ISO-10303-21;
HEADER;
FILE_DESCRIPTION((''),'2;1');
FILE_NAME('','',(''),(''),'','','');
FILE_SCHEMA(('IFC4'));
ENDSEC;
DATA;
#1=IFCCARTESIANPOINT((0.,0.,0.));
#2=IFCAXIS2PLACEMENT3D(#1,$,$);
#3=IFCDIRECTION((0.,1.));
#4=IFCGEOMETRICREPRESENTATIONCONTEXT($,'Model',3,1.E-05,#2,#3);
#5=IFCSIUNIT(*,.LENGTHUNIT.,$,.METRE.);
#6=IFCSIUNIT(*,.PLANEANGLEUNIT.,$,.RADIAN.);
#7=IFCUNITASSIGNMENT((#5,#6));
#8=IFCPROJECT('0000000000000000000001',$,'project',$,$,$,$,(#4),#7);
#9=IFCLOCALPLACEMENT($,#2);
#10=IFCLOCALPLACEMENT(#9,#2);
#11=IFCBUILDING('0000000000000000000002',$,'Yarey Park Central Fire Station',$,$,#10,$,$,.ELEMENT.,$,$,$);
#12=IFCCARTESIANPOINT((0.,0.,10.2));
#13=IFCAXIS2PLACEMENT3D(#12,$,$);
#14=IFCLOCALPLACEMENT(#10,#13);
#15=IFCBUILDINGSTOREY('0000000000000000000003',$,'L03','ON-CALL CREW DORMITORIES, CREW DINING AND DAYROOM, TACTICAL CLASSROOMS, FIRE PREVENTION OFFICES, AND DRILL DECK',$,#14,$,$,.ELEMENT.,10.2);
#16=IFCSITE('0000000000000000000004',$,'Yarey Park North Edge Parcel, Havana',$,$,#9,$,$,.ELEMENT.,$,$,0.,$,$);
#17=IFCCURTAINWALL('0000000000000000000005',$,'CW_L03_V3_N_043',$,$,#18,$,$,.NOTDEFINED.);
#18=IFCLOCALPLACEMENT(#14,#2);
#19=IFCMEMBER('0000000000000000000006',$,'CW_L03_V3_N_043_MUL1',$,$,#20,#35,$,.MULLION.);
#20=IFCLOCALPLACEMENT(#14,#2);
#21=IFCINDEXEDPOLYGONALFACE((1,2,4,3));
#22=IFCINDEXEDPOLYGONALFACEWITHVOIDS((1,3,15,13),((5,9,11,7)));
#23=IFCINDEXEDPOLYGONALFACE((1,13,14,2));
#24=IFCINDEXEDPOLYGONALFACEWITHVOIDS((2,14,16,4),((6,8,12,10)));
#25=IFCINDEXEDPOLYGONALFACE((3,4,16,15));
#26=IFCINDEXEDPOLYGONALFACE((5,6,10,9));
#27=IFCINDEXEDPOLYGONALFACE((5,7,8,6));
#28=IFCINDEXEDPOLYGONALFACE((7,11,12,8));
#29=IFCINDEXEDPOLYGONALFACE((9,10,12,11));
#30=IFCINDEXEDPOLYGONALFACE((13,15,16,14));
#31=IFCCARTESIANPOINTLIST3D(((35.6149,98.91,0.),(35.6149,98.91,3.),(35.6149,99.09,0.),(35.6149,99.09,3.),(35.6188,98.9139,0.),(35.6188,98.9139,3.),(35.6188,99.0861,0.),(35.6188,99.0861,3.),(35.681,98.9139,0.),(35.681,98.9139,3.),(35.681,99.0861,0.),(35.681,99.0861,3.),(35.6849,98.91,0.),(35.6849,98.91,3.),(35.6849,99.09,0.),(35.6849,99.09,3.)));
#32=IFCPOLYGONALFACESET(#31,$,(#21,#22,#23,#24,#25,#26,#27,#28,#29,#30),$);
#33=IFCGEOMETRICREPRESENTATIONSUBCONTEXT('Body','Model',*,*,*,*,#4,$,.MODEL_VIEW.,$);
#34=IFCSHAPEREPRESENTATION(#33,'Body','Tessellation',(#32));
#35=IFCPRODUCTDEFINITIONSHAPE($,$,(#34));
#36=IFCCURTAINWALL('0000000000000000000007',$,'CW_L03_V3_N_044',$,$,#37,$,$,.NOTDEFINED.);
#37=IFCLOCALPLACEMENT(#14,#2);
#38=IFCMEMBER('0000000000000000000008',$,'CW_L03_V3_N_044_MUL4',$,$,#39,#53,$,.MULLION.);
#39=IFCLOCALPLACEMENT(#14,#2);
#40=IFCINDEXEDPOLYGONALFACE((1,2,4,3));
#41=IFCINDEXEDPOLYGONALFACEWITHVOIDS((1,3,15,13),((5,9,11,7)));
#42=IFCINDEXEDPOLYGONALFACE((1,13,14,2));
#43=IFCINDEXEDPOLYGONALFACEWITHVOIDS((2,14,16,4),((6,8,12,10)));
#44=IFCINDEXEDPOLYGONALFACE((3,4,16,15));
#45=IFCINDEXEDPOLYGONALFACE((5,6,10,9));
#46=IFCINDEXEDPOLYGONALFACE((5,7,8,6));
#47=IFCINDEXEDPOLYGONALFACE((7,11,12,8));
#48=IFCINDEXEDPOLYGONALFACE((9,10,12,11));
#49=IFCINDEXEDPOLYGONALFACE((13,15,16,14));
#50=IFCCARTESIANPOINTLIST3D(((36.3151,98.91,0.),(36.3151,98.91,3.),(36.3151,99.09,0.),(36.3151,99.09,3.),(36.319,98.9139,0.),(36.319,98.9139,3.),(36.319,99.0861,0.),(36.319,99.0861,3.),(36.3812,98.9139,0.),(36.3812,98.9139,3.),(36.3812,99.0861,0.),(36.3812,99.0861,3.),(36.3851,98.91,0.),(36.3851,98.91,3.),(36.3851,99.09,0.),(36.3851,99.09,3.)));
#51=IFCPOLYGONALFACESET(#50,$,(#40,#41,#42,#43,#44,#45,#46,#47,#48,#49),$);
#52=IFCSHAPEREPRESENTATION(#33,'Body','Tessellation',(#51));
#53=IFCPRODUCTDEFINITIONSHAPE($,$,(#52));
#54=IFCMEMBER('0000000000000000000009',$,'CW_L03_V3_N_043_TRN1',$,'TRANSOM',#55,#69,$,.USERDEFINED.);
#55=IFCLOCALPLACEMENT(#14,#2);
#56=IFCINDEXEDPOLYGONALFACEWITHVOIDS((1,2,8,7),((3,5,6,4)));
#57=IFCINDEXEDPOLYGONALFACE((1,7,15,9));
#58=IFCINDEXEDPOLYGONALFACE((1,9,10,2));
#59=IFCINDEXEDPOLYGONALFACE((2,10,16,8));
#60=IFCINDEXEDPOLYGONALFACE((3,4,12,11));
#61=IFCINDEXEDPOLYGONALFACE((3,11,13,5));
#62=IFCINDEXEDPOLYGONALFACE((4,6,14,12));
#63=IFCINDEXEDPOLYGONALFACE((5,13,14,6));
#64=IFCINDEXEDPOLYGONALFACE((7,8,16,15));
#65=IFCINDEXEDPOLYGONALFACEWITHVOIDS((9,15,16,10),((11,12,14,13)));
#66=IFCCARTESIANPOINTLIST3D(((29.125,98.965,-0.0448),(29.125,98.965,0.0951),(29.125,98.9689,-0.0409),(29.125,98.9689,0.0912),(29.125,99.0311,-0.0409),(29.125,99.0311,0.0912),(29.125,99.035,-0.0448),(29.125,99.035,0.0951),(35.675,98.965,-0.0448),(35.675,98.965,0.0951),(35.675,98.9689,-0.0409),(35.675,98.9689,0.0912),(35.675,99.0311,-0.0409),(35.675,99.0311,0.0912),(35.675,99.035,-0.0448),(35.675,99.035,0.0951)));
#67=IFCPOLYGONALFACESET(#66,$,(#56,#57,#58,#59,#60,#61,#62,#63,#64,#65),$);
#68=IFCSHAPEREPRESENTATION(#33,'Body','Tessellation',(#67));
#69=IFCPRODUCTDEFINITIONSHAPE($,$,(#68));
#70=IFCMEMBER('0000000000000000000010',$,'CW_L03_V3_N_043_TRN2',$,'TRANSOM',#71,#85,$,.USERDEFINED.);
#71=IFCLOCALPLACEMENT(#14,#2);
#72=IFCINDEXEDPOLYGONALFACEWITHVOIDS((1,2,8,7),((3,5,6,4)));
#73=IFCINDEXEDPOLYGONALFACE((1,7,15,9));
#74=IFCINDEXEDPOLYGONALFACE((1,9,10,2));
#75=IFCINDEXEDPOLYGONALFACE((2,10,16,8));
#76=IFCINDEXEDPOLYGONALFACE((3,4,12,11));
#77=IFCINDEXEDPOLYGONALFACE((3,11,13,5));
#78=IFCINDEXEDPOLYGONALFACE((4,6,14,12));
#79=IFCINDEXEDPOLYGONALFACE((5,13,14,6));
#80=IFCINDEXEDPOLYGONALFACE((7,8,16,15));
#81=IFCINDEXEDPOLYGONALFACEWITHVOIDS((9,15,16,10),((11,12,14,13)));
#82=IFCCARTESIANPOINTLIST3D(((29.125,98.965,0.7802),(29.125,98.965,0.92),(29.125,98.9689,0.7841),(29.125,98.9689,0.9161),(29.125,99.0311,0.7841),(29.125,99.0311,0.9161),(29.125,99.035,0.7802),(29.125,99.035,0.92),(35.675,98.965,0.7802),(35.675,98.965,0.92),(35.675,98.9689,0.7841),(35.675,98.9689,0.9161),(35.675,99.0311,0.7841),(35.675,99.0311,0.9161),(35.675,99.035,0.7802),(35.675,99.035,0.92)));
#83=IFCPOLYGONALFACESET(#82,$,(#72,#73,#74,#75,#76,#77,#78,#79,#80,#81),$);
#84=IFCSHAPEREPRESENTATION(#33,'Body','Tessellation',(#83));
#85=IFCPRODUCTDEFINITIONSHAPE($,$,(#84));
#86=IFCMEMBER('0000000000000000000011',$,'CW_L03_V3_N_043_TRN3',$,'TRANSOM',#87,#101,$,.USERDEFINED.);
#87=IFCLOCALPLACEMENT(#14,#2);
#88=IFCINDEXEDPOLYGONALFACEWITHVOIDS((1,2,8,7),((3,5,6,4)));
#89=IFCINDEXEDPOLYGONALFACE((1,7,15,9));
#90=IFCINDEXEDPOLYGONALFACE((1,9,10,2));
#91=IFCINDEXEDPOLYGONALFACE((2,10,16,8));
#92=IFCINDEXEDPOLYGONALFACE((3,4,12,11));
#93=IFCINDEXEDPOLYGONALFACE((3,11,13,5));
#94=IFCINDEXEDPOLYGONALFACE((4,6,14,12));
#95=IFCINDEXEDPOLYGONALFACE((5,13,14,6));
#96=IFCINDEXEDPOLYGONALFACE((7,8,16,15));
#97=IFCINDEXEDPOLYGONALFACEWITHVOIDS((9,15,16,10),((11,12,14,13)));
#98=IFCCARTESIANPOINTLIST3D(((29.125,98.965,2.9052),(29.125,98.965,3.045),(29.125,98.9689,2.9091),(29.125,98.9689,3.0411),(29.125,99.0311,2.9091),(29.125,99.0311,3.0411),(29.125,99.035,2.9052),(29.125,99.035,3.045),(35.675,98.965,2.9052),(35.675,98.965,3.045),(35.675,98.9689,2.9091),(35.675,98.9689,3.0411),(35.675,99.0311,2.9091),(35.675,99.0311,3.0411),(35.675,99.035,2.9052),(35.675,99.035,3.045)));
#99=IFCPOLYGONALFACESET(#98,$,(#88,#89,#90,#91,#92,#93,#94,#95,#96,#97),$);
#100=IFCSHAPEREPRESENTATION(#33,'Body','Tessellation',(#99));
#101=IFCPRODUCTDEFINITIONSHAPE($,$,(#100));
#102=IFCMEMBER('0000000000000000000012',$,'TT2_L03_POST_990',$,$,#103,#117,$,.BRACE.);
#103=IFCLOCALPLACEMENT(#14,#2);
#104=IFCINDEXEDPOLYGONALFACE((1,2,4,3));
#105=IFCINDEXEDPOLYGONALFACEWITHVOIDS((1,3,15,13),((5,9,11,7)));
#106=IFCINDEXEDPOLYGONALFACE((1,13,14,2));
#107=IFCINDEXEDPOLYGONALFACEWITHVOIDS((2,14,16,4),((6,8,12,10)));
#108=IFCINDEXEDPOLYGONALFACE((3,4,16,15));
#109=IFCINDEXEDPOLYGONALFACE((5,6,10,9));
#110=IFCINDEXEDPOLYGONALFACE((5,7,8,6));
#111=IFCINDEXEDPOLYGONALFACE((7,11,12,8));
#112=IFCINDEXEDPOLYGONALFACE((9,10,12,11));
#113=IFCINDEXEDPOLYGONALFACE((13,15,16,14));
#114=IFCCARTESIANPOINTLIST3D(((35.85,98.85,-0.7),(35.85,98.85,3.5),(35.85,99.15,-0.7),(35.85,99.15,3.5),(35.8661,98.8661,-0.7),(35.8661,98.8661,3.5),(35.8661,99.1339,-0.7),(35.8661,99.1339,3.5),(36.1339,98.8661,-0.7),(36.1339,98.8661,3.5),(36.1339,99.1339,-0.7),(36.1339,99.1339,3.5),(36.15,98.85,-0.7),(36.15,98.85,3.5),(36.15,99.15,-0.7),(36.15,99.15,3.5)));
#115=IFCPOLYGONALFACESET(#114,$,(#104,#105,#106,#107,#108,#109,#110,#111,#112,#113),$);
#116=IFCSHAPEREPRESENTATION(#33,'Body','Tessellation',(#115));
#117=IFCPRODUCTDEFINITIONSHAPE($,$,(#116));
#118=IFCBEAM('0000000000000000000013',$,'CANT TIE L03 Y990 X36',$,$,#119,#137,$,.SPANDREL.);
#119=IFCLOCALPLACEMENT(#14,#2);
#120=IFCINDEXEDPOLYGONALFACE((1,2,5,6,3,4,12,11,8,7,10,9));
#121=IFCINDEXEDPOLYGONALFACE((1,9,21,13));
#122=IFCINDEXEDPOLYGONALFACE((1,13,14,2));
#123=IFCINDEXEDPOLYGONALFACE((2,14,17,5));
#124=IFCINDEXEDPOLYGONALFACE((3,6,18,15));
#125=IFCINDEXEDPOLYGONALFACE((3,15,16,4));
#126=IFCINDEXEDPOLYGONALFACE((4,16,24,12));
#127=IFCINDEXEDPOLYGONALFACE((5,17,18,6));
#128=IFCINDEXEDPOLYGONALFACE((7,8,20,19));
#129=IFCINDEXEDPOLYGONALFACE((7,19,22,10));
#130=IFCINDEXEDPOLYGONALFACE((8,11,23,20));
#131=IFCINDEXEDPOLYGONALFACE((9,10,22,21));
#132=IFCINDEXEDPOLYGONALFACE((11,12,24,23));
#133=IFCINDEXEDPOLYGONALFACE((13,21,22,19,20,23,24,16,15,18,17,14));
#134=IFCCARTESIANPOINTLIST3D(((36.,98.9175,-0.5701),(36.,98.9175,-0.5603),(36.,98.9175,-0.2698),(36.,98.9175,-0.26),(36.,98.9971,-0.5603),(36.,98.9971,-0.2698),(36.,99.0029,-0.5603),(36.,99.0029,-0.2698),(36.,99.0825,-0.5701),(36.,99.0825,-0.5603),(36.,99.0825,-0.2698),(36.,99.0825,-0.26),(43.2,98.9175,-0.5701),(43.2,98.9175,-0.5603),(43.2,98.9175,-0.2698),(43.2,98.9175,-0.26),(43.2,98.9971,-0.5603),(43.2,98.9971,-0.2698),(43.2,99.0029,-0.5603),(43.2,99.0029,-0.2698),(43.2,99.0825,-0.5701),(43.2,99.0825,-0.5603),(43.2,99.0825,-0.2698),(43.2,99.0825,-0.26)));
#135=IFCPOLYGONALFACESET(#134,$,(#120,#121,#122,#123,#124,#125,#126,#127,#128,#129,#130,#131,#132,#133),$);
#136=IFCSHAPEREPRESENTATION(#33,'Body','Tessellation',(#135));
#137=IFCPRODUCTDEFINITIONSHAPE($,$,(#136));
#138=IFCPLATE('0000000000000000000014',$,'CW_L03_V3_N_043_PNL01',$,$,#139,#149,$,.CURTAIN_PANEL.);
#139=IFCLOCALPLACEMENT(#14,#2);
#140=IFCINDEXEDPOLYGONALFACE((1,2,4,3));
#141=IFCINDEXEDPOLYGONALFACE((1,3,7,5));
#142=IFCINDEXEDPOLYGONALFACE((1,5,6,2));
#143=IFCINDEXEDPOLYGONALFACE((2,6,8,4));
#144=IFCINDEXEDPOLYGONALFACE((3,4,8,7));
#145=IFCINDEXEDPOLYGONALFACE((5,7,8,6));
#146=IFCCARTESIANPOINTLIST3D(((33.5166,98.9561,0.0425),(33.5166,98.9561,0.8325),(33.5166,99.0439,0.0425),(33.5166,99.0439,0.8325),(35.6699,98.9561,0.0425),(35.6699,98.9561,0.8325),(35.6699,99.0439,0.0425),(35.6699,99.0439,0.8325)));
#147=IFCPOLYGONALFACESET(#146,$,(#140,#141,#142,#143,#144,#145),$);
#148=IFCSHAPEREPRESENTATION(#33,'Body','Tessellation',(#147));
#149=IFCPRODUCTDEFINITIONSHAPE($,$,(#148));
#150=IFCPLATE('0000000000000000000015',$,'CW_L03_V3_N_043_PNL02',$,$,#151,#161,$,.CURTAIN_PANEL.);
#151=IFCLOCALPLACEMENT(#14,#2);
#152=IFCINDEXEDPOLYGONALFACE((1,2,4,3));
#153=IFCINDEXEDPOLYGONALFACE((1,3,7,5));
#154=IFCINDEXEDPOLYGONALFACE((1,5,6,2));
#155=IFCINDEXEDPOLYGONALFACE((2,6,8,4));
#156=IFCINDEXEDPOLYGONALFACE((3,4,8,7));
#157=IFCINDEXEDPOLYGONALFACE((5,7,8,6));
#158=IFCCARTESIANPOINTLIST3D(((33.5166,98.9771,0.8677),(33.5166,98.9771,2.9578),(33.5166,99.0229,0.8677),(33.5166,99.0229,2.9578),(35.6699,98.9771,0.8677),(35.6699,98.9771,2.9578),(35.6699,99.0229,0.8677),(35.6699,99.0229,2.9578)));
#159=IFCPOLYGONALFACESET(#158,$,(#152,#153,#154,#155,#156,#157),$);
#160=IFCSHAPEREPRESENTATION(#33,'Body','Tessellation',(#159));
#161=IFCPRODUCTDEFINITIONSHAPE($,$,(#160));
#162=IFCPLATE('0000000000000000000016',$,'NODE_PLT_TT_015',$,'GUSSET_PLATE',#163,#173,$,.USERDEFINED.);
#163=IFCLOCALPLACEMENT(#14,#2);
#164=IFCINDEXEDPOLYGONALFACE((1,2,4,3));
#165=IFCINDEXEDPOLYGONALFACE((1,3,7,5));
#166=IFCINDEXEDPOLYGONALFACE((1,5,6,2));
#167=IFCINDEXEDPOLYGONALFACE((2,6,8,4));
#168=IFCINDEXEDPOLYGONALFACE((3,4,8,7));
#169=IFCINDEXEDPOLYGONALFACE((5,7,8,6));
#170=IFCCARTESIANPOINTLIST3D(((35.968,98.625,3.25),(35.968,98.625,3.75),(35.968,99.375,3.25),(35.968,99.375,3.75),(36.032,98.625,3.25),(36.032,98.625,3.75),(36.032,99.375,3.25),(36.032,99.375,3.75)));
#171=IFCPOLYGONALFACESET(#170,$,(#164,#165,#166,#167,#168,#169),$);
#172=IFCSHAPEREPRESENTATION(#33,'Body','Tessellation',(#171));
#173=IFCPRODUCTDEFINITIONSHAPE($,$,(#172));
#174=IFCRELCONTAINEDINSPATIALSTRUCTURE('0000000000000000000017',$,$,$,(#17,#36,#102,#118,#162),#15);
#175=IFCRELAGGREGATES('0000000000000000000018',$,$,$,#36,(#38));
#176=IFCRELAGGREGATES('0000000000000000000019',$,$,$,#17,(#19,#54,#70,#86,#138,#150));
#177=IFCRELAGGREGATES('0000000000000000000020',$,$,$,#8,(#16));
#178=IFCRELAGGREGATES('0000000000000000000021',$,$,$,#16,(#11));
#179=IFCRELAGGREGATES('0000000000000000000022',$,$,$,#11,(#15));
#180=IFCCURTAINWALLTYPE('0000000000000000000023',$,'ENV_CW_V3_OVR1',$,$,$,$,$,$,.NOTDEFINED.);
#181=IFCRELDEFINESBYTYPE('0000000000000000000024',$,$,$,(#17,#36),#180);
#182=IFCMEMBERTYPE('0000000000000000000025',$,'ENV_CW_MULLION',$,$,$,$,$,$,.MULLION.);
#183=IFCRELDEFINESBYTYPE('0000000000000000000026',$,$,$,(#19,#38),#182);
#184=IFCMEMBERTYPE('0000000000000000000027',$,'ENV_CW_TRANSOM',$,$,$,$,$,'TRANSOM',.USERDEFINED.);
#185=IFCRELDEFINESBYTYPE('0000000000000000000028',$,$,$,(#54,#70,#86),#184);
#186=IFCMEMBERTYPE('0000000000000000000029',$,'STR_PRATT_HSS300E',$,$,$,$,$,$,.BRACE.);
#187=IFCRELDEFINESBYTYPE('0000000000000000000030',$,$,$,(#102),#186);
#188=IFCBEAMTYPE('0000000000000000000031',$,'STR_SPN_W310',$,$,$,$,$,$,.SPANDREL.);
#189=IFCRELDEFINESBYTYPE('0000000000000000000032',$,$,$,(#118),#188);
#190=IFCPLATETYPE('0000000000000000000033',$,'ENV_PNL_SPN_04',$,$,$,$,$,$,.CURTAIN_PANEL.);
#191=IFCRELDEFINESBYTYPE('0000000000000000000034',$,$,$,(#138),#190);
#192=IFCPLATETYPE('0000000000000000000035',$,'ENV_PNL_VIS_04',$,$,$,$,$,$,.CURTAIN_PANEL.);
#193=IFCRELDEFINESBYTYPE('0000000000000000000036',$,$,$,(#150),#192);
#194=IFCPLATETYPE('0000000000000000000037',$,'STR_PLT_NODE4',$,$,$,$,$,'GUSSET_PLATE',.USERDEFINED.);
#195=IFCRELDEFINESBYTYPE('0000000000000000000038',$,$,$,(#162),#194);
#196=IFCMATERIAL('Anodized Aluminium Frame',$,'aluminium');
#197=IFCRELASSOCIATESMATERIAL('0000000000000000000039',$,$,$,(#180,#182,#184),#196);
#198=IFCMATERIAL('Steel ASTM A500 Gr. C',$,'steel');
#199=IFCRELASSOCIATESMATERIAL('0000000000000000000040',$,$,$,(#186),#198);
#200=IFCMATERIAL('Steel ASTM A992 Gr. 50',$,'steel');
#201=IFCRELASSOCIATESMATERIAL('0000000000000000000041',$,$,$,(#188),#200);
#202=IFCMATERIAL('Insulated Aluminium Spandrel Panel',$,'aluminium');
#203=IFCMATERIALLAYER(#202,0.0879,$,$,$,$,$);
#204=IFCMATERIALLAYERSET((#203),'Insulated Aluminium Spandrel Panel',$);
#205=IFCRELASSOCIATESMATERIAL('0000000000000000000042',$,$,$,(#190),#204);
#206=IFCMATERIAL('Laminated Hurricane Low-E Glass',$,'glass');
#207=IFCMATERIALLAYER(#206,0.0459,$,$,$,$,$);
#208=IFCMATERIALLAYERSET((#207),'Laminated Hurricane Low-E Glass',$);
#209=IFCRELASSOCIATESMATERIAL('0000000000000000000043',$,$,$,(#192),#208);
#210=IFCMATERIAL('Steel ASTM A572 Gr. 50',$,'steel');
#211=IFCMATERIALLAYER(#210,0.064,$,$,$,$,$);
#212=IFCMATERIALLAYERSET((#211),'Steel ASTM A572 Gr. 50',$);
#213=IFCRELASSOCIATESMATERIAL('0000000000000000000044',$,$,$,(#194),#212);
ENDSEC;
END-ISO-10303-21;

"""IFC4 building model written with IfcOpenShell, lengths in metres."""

from ifc_helpers import new_model, si_unit, direction, frame, origin, origin_2d, place, context, subcontext, project, spatial, rectangle, hollow_rectangle, i_section, extrude, material, layer, layer_set, material_profile, profile_set, type_object, element, aggregate, save


model = new_model("IFC4")

# Units and contexts
model_context = context("Model", 3, precision=1e-05, world=origin(), true_north=direction((0.0, 1.0)))
body_context = subcontext(model_context, "Body", "Model", "MODEL_VIEW")
ifc_project = project(units=[si_unit("LENGTHUNIT", "METRE"), si_unit("PLANEANGLEUNIT", "RADIAN")], contexts=[model_context])

# Site, building, storey
site_placement = place(None, origin())
site = spatial("IfcSite", under=ifc_project, at=site_placement, Name="Yarey Park North Edge Parcel, Havana", CompositionType="ELEMENT", RefElevation=0.0)
building_placement = place(site_placement, origin())
building = spatial("IfcBuilding", under=site, at=building_placement, Name="Yarey Park Central Fire Station", CompositionType="ELEMENT")
storey_placement = place(building_placement, frame((0.0, 0.0, 10.2)))
storey = spatial("IfcBuildingStorey", under=building, at=storey_placement, Name="L03", Description="ON-CALL CREW DORMITORIES, CREW DINING AND DAYROOM, TACTICAL CLASSROOMS, FIRE PREVENTION OFFICES, AND DRILL DECK", CompositionType="ELEMENT", Elevation=10.2)

# Curtain walls, members
ifc_material_1 = material(Name="Anodized Aluminium Frame", Category="aluminium")
curtain_wall_type = type_object("IfcCurtainWallType", Name="ENV_CW_V3_OVR1", PredefinedType="NOTDEFINED", material=ifc_material_1)
curtain_wall_1_placement = place(storey_placement, origin())
curtain_wall_1 = element("IfcCurtainWall", 1, at=curtain_wall_1_placement, inside=storey, type_object=curtain_wall_type, Name="CW_L03_V3_N_043", PredefinedType="NOTDEFINED")
ifc_material_profile_1 = material_profile(ifc_material_1, hollow_rectangle(XDim=0.0701, YDim=0.1799, WallThickness=0.0039, at=origin_2d()), Name="ALU 180x70x4")
ifc_profile_set_1 = profile_set([ifc_material_profile_1], Name="Anodized Aluminium Frame")
member_type_1 = type_object("IfcMemberType", Name="ENV_CW_MULLION", PredefinedType="MULLION", material=ifc_profile_set_1)
member_1_placement = place(storey_placement, frame((35.6499, 99.0, 0.0), z_axis=(0.0, 0.0, 1.0), x_axis=(1.0, 0.0, 0.0)))
member_1 = element("IfcMember", 2, at=member_1_placement, type_object=member_type_1, Name="CW_L03_V3_N_043_MUL1", PredefinedType="MULLION", context=body_context, shape_type="SweptSolid", body=[
    extrude(hollow_rectangle(XDim=0.0701, YDim=0.1799, WallThickness=0.0039, at=origin_2d()), origin(), (0.0, 0.0, 1.0), 3.0),
])
curtain_wall_2_placement = place(storey_placement, origin())
curtain_wall_2 = element("IfcCurtainWall", 3, at=curtain_wall_2_placement, inside=storey, type_object=curtain_wall_type, Name="CW_L03_V3_N_044", PredefinedType="NOTDEFINED")
member_2_placement = place(storey_placement, frame((36.3501, 99.0, 0.0), z_axis=(0.0, 0.0, 1.0), x_axis=(1.0, 0.0, 0.0)))
member_2 = element("IfcMember", 4, at=member_2_placement, type_object=member_type_1, Name="CW_L03_V3_N_044_MUL4", PredefinedType="MULLION", context=body_context, shape_type="SweptSolid", body=[
    extrude(hollow_rectangle(XDim=0.0701, YDim=0.1799, WallThickness=0.0039, at=origin_2d()), origin(), (0.0, 0.0, 1.0), 3.0),
])
aggregate(curtain_wall_2, [member_2])

# Members
ifc_material_profile_2 = material_profile(ifc_material_1, hollow_rectangle(XDim=0.0701, YDim=0.1399, WallThickness=0.0039, at=origin_2d()), Name="ALU 140x70x4")
ifc_profile_set_2 = profile_set([ifc_material_profile_2], Name="Anodized Aluminium Frame")
member_type_2 = type_object("IfcMemberType", Name="ENV_CW_TRANSOM", ElementType="TRANSOM", PredefinedType="USERDEFINED", material=ifc_profile_set_2)
member_3_placement = place(storey_placement, frame((35.675, 99.0, 0.0251), z_axis=(-1.0, 0.0, 0.0), x_axis=(0.0, -1.0, 0.0)))
member_3 = element("IfcMember", 5, at=member_3_placement, type_object=member_type_2, Name="CW_L03_V3_N_043_TRN1", ObjectType="TRANSOM", PredefinedType="USERDEFINED", context=body_context, shape_type="SweptSolid", body=[
    extrude(hollow_rectangle(XDim=0.0701, YDim=0.1399, WallThickness=0.0039, at=origin_2d()), origin(), (0.0, 0.0, 1.0), 6.55),
])
member_4_placement = place(storey_placement, frame((35.675, 99.0, 0.8501), z_axis=(-1.0, 0.0, 0.0), x_axis=(0.0, -1.0, 0.0)))
member_4 = element("IfcMember", 6, at=member_4_placement, type_object=member_type_2, Name="CW_L03_V3_N_043_TRN2", ObjectType="TRANSOM", PredefinedType="USERDEFINED", context=body_context, shape_type="SweptSolid", body=[
    extrude(hollow_rectangle(XDim=0.0701, YDim=0.1399, WallThickness=0.0039, at=origin_2d()), origin(), (0.0, 0.0, 1.0), 6.55),
])
member_5_placement = place(storey_placement, frame((35.675, 99.0, 2.9751), z_axis=(-1.0, 0.0, 0.0), x_axis=(0.0, -1.0, 0.0)))
member_5 = element("IfcMember", 7, at=member_5_placement, type_object=member_type_2, Name="CW_L03_V3_N_043_TRN3", ObjectType="TRANSOM", PredefinedType="USERDEFINED", context=body_context, shape_type="SweptSolid", body=[
    extrude(hollow_rectangle(XDim=0.0701, YDim=0.1399, WallThickness=0.0039, at=origin_2d()), origin(), (0.0, 0.0, 1.0), 6.55),
])
ifc_material_2 = material(Name="Steel ASTM A500 Gr. C", Category="steel")
ifc_material_profile_3 = material_profile(ifc_material_2, hollow_rectangle(XDim=0.3, YDim=0.3, WallThickness=0.0161, at=origin_2d()), Name="HSS 300x300x16")
ifc_profile_set_3 = profile_set([ifc_material_profile_3], Name="Steel ASTM A500 Gr. C")
member_type_3 = type_object("IfcMemberType", Name="STR_PRATT_HSS300E", PredefinedType="BRACE", material=ifc_profile_set_3)
member_6_placement = place(storey_placement, frame((36.0, 99.0, -0.7), z_axis=(0.0, 0.0, 1.0), x_axis=(1.0, 0.0, 0.0)))
element("IfcMember", 8, at=member_6_placement, inside=storey, type_object=member_type_3, Name="TT2_L03_POST_990", PredefinedType="BRACE", context=body_context, shape_type="SweptSolid", body=[
    extrude(hollow_rectangle(XDim=0.3, YDim=0.3, WallThickness=0.0161, at=origin_2d()), origin(), (0.0, 0.0, 1.0), 4.2),
])

# Beam
ifc_material_3 = material(Name="Steel ASTM A992 Gr. 50", Category="steel")
ifc_material_profile_4 = material_profile(ifc_material_3, i_section(OverallWidth=0.165, OverallDepth=0.3101, WebThickness=0.0059, FlangeThickness=0.0098, at=origin_2d()), Name="W310x39")
ifc_profile_set_4 = profile_set([ifc_material_profile_4], Name="Steel ASTM A992 Gr. 50")
beam_type = type_object("IfcBeamType", Name="STR_SPN_W310", PredefinedType="SPANDREL", material=ifc_profile_set_4)
beam_placement = place(storey_placement, frame((36.0, 99.0, -0.415), z_axis=(1.0, 0.0, 0.0), x_axis=(0.0, 1.0, 0.0)))
element("IfcBeam", 9, at=beam_placement, inside=storey, type_object=beam_type, Name="CANT TIE L03 Y990 X36", PredefinedType="SPANDREL", context=body_context, shape_type="SweptSolid", body=[
    extrude(i_section(OverallWidth=0.165, OverallDepth=0.3101, WebThickness=0.0059, FlangeThickness=0.0098, at=origin_2d()), origin(), (0.0, 0.0, 1.0), 7.2),
])

# Plates
ifc_material_4 = material(Name="Insulated Aluminium Spandrel Panel", Category="aluminium")
ifc_layer_1 = layer(ifc_material_4, 0.0879)
ifc_layer_set_1 = layer_set([ifc_layer_1], Name="Insulated Aluminium Spandrel Panel")
plate_type_1 = type_object("IfcPlateType", Name="ENV_PNL_SPN_04", PredefinedType="CURTAIN_PANEL", material=ifc_layer_set_1)
plate_1_placement = place(storey_placement, frame((34.5933, 99.0, 0.0425), z_axis=(0.0, 0.0, 1.0), x_axis=(-1.0, 0.0, 0.0)))
plate_1 = element("IfcPlate", 10, at=plate_1_placement, type_object=plate_type_1, Name="CW_L03_V3_N_043_PNL01", PredefinedType="CURTAIN_PANEL", context=body_context, shape_type="SweptSolid", body=[
    extrude(rectangle(XDim=2.1533, YDim=0.0879, at=origin_2d()), origin(), (0.0, 0.0, 1.0), 0.79),
])
ifc_material_5 = material(Name="Laminated Hurricane Low-E Glass", Category="glass")
ifc_layer_2 = layer(ifc_material_5, 0.0459)
ifc_layer_set_2 = layer_set([ifc_layer_2], Name="Laminated Hurricane Low-E Glass")
plate_type_2 = type_object("IfcPlateType", Name="ENV_PNL_VIS_04", PredefinedType="CURTAIN_PANEL", material=ifc_layer_set_2)
plate_2_placement = place(storey_placement, frame((34.5933, 99.0, 0.8677), z_axis=(0.0, 0.0, 1.0), x_axis=(-1.0, 0.0, 0.0)))
plate_2 = element("IfcPlate", 11, at=plate_2_placement, type_object=plate_type_2, Name="CW_L03_V3_N_043_PNL02", PredefinedType="CURTAIN_PANEL", context=body_context, shape_type="SweptSolid", body=[
    extrude(rectangle(XDim=2.1533, YDim=0.0459, at=origin_2d()), origin(), (0.0, 0.0, 1.0), 2.0901),
])
aggregate(curtain_wall_1, [member_1, member_3, member_4, member_5, plate_1, plate_2])
ifc_material_6 = material(Name="Steel ASTM A572 Gr. 50", Category="steel")
ifc_layer_3 = layer(ifc_material_6, 0.064)
ifc_layer_set_3 = layer_set([ifc_layer_3], Name="Steel ASTM A572 Gr. 50")
plate_type_3 = type_object("IfcPlateType", Name="STR_PLT_NODE4", ElementType="GUSSET_PLATE", PredefinedType="USERDEFINED", material=ifc_layer_set_3)
plate_3_placement = place(storey_placement, frame((36.0, 99.0, 3.25), z_axis=(0.0, 0.0, 1.0), x_axis=(1.0, 0.0, 0.0)))
element("IfcPlate", 12, at=plate_3_placement, inside=storey, type_object=plate_type_3, Name="NODE_PLT_TT_015", ObjectType="GUSSET_PLATE", PredefinedType="USERDEFINED", context=body_context, shape_type="SweptSolid", body=[
    extrude(rectangle(XDim=0.064, YDim=0.75, at=origin_2d()), origin(), (0.0, 0.0, 1.0), 0.5),
])

save(model, "model.ifc")
